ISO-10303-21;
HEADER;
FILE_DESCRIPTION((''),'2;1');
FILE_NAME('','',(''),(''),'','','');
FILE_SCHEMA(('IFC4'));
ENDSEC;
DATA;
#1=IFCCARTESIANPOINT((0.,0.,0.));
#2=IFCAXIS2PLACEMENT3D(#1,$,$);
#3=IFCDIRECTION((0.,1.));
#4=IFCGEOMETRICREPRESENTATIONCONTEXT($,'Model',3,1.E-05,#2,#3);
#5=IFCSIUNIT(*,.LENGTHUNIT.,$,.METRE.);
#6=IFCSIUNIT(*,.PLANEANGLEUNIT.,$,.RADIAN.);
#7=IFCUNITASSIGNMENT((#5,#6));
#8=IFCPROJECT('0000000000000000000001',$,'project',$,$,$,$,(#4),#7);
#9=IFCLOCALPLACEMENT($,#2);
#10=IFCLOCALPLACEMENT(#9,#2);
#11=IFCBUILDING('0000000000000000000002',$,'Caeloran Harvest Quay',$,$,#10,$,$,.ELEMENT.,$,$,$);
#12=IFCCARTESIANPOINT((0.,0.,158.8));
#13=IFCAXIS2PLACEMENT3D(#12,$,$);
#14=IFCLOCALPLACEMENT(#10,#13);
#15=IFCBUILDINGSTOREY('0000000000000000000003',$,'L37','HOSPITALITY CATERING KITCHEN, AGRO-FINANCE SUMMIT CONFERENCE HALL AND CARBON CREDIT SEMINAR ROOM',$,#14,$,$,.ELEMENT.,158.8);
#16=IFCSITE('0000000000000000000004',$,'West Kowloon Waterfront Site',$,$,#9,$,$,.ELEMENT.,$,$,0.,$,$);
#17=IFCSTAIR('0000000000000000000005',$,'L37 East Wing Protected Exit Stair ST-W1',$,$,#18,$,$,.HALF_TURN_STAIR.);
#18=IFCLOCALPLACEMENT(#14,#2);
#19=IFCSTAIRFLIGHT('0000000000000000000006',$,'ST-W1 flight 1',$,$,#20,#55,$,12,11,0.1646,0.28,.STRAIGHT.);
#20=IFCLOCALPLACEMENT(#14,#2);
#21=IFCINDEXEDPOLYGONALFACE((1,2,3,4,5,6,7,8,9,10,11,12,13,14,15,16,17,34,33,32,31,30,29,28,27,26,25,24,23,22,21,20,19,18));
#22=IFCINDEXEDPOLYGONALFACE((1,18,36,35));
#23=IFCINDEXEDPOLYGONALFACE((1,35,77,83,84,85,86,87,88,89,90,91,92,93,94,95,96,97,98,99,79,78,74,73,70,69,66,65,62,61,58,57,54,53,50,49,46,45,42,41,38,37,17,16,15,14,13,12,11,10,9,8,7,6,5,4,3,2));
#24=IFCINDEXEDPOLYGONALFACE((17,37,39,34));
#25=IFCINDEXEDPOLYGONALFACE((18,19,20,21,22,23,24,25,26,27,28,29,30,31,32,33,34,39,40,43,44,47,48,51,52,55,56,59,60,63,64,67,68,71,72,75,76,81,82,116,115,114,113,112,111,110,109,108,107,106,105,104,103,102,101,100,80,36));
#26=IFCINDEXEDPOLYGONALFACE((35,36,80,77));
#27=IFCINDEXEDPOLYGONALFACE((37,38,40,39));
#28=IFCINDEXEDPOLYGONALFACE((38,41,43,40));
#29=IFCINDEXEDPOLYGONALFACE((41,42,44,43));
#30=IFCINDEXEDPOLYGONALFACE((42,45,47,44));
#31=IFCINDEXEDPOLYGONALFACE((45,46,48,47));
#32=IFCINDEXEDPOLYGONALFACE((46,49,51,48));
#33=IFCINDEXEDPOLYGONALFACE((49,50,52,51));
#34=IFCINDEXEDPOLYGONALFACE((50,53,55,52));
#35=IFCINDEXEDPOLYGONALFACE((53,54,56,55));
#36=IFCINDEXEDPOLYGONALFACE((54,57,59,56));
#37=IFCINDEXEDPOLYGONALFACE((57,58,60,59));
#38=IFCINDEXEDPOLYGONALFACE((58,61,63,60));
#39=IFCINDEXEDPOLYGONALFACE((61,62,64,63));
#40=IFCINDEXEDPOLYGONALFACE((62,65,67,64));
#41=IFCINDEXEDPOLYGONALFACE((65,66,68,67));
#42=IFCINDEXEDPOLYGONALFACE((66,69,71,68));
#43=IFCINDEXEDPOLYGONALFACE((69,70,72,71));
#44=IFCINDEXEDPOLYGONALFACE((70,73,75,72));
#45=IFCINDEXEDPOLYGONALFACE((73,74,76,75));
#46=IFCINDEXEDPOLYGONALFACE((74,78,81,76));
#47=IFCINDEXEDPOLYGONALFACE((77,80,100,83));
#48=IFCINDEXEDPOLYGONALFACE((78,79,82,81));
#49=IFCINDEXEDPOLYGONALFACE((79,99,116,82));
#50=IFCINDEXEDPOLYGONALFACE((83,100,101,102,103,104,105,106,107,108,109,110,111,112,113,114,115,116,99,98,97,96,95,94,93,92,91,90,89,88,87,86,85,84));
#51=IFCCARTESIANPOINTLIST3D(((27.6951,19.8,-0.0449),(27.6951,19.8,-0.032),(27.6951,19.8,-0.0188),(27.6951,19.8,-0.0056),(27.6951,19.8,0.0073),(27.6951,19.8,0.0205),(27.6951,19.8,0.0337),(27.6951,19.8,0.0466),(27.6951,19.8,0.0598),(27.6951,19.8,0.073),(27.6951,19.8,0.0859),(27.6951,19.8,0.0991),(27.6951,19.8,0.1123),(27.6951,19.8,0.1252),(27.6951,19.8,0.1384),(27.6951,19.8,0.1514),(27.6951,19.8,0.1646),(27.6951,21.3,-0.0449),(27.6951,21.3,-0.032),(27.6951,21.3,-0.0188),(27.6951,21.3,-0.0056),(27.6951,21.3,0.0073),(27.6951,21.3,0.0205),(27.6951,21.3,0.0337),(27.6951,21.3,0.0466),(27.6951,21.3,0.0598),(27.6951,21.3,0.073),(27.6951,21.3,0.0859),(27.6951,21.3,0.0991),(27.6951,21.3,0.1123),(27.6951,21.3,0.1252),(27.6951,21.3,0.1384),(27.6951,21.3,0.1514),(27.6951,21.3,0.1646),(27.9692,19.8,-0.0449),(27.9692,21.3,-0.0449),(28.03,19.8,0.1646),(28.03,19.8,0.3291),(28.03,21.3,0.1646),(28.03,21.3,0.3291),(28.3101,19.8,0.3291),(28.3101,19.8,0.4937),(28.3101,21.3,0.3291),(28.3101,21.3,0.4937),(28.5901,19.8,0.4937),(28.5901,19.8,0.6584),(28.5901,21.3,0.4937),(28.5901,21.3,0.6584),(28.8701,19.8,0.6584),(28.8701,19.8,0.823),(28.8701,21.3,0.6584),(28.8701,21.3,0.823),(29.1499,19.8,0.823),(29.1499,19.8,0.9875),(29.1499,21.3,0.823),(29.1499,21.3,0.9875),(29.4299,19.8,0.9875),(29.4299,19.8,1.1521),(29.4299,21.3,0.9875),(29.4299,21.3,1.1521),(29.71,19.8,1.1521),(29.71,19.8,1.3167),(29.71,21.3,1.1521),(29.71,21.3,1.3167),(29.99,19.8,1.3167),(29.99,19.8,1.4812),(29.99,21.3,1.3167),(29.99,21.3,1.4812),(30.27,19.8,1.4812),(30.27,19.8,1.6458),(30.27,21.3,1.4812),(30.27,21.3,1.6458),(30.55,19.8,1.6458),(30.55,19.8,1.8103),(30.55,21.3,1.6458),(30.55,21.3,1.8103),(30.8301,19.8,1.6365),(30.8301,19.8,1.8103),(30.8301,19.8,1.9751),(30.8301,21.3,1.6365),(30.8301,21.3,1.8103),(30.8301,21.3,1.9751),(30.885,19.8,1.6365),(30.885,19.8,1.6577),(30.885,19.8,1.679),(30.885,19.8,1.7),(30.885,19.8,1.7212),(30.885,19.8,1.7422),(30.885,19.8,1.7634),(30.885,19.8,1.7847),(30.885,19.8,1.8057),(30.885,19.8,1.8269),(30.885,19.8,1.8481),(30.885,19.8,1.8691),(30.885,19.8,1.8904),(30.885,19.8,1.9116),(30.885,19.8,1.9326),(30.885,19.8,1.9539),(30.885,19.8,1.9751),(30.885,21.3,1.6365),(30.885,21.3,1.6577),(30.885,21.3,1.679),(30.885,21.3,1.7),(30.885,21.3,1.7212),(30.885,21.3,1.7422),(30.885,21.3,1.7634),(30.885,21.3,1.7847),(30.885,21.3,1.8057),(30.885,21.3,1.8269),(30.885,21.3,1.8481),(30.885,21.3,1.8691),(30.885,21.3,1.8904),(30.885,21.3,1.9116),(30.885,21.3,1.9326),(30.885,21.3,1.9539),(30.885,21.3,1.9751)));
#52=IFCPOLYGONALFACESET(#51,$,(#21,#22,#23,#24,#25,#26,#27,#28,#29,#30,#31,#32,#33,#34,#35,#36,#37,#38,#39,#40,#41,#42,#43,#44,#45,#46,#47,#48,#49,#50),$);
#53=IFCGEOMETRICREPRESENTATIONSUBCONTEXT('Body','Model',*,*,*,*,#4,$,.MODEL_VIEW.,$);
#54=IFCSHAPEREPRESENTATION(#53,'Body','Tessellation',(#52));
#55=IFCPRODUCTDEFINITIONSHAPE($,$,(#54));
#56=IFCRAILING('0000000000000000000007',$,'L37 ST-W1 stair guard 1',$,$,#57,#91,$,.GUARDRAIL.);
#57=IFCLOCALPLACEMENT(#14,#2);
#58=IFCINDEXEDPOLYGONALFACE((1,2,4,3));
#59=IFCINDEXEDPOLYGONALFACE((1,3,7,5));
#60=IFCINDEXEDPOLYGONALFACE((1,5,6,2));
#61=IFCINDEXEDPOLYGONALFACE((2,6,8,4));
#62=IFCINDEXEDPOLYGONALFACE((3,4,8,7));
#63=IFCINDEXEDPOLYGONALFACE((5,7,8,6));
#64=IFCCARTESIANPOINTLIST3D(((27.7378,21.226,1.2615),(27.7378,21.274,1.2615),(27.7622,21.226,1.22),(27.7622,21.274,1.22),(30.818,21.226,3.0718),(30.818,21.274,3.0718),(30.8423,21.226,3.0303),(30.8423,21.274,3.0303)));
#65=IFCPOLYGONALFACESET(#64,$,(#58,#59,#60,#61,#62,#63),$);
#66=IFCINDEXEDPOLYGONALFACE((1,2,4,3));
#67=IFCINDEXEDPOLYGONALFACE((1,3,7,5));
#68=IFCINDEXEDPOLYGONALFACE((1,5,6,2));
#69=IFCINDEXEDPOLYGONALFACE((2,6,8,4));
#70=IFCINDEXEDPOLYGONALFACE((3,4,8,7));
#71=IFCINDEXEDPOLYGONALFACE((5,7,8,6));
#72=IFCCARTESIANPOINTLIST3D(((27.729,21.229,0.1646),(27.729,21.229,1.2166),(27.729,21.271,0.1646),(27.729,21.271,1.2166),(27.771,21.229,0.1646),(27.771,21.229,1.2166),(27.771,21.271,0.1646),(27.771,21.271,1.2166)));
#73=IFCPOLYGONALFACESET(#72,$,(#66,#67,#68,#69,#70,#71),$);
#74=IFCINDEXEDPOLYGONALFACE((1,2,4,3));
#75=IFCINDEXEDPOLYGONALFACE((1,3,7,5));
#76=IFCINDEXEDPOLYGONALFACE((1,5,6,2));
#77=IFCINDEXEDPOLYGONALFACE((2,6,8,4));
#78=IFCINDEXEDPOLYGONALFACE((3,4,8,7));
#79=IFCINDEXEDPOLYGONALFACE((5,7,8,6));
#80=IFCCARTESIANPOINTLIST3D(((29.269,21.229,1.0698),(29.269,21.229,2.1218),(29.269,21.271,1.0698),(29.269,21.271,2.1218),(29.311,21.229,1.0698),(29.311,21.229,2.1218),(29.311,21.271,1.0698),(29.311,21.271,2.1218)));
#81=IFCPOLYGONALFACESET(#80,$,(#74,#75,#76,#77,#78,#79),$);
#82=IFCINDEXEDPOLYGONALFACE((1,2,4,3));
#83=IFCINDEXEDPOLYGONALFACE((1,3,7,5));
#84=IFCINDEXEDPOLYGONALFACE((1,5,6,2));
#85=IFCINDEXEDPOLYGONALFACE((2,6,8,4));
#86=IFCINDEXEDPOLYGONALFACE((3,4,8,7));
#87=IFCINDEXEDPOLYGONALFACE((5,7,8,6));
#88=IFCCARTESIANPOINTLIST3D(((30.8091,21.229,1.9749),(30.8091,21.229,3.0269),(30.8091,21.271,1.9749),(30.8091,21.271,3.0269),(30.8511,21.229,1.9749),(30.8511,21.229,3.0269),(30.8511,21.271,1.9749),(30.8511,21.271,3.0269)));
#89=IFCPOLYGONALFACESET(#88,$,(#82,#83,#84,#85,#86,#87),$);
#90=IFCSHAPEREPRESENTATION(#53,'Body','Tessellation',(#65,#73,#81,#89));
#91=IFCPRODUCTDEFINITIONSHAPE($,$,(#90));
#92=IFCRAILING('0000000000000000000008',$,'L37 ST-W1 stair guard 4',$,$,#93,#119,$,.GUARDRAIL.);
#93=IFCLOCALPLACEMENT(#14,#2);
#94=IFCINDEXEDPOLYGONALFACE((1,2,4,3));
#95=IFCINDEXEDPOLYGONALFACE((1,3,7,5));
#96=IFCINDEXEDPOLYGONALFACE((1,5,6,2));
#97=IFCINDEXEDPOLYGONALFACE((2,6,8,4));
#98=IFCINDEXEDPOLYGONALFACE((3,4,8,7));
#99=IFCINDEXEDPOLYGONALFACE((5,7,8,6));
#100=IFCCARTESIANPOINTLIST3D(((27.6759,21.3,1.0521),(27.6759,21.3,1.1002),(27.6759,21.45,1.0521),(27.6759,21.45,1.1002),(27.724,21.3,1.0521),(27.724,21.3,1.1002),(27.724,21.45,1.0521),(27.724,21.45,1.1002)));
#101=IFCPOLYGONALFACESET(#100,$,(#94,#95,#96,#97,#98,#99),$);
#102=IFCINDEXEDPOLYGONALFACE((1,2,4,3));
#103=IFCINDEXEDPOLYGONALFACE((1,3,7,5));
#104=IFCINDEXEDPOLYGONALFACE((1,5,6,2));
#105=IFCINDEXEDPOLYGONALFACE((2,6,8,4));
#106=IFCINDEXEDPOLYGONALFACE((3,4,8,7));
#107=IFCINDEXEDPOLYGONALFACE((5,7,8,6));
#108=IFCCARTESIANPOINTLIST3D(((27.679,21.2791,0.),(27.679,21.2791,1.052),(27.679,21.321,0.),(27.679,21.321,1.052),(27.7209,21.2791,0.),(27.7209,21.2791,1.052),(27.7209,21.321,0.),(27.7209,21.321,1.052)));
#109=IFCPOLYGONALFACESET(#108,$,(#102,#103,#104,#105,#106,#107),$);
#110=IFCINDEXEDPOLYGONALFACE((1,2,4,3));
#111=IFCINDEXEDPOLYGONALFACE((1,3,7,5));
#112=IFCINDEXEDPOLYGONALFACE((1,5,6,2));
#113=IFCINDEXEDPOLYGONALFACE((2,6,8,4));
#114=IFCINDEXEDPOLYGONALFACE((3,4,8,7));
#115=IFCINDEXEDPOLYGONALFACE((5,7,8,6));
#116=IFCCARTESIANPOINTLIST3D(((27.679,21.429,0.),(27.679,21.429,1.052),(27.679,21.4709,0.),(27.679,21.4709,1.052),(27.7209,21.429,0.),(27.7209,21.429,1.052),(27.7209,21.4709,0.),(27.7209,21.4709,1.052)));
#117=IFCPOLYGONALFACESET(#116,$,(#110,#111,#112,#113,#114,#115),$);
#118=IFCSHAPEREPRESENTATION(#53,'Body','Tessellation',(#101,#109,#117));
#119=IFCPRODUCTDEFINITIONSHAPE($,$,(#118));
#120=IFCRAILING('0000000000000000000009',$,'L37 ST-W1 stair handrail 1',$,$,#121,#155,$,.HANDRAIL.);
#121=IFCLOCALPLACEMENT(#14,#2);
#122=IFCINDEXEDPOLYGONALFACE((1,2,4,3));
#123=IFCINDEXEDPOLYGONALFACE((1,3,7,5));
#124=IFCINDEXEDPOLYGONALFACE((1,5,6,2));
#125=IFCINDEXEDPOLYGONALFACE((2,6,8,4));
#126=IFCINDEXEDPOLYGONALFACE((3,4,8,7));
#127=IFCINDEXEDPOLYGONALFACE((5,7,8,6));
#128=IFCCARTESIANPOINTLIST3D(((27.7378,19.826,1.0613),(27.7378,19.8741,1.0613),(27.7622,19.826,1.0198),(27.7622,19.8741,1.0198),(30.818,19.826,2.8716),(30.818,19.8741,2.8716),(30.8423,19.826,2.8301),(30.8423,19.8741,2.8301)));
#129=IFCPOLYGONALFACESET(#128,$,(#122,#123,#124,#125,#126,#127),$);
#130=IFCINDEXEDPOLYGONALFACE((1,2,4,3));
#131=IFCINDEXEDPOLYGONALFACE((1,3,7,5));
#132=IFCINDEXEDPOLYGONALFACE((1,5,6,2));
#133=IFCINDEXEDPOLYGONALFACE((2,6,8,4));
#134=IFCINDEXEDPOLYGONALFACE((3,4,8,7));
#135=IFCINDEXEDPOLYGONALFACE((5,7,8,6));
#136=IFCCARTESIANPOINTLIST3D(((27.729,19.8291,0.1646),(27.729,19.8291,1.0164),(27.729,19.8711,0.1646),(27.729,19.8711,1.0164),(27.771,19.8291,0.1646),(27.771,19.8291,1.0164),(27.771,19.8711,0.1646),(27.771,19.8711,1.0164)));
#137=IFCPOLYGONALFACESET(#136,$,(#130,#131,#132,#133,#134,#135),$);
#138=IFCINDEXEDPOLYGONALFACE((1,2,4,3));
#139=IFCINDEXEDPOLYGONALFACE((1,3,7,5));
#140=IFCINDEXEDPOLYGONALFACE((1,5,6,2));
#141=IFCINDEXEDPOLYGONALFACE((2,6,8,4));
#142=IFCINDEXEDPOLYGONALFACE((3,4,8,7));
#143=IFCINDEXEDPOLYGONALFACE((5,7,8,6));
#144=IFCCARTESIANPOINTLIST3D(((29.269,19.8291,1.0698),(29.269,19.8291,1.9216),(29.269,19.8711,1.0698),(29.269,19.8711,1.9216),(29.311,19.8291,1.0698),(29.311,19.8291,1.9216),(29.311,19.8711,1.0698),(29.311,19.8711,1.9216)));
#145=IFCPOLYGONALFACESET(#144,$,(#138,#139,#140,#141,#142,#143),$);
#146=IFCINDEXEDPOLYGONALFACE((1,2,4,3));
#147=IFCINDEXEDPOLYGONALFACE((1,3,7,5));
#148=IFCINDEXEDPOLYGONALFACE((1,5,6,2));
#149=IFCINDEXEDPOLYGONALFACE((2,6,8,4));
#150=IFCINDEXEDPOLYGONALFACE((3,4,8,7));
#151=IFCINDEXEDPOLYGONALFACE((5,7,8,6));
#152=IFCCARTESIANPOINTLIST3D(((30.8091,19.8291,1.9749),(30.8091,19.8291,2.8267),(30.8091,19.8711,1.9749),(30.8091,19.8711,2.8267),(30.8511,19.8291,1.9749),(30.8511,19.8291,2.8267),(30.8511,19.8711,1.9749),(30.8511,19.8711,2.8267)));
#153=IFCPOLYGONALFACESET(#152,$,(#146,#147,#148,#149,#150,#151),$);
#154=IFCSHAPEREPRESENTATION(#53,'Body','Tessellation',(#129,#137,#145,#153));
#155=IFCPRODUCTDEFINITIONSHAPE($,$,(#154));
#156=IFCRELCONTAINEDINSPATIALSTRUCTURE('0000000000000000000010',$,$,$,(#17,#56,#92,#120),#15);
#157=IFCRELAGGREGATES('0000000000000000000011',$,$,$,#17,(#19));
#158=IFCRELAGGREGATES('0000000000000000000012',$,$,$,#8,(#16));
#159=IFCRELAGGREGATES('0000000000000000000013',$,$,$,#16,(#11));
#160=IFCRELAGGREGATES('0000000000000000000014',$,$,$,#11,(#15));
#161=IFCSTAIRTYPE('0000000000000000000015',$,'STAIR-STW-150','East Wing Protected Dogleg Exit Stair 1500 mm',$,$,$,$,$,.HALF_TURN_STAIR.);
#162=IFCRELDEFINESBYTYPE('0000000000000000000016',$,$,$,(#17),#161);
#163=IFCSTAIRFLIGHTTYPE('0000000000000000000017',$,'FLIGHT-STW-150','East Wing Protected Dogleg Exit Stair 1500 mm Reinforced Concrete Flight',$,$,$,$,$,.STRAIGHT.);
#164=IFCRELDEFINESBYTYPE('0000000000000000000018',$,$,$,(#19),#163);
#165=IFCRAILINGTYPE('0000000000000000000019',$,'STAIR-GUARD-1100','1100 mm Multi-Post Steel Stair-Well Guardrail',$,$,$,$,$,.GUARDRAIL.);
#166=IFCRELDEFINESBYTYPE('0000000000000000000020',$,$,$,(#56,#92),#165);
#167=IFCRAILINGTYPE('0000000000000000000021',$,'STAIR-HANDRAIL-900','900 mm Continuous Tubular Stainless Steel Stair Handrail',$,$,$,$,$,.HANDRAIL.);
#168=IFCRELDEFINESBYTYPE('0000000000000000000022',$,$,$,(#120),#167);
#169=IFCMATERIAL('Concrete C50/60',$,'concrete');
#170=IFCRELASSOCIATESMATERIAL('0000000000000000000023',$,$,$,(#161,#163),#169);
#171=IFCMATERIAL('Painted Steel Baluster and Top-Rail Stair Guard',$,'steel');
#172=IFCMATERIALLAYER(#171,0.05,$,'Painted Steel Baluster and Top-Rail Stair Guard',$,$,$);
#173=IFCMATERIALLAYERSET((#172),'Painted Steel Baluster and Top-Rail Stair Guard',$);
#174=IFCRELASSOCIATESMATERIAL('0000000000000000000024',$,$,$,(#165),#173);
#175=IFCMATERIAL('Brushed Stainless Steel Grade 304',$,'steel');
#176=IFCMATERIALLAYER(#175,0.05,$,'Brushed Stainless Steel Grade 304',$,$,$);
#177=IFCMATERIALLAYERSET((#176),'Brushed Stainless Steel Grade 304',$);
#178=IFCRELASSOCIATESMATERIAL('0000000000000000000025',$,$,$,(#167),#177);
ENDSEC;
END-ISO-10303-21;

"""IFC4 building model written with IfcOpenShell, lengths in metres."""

from ifc_helpers import new_model, si_unit, direction, frame, origin, origin_2d, place, context, subcontext, project, spatial, polyline, rectangle, outline, extrude, material, layer, layer_set, type_object, element, aggregate, save


model = new_model("IFC4")

# Units and contexts
model_context = context("Model", 3, precision=1e-05, world=origin(), true_north=direction((0.0, 1.0)))
body_context = subcontext(model_context, "Body", "Model", "MODEL_VIEW")
ifc_project = project(units=[si_unit("LENGTHUNIT", "METRE"), si_unit("PLANEANGLEUNIT", "RADIAN")], contexts=[model_context])

# Site, building, storey
site_placement = place(None, origin())
site = spatial("IfcSite", under=ifc_project, at=site_placement, Name="West Kowloon Waterfront Site", CompositionType="ELEMENT", RefElevation=0.0)
building_placement = place(site_placement, origin())
building = spatial("IfcBuilding", under=site, at=building_placement, Name="Caeloran Harvest Quay", CompositionType="ELEMENT")
storey_placement = place(building_placement, frame((0.0, 0.0, 158.8)))
storey = spatial("IfcBuildingStorey", under=building, at=storey_placement, Name="L37", Description="HOSPITALITY CATERING KITCHEN, AGRO-FINANCE SUMMIT CONFERENCE HALL AND CARBON CREDIT SEMINAR ROOM", CompositionType="ELEMENT", Elevation=158.8)

# Stair, stair flight
ifc_material_1 = material(Name="Concrete C50/60", Category="concrete")
stair_type = type_object("IfcStairType", Name="STAIR-STW-150", Description="East Wing Protected Dogleg Exit Stair 1500 mm", PredefinedType="HALF_TURN_STAIR", material=ifc_material_1)
stair_placement = place(storey_placement, origin())
stair = element("IfcStair", 1, at=stair_placement, inside=storey, type_object=stair_type, Name="L37 East Wing Protected Exit Stair ST-W1", PredefinedType="HALF_TURN_STAIR")
stair_flight_type = type_object("IfcStairFlightType", Name="FLIGHT-STW-150", Description="East Wing Protected Dogleg Exit Stair 1500 mm Reinforced Concrete Flight", PredefinedType="STRAIGHT", material=ifc_material_1)
stair_flight_placement = place(storey_placement, frame((27.75, 20.55, 0.0), z_axis=(0.0, 0.0, 1.0), x_axis=(1.0, 0.0, 0.0)))
stair_flight = element("IfcStairFlight", 2, at=stair_flight_placement, type_object=stair_flight_type, Name="ST-W1 flight 1", NumberOfRisers=12, NumberOfTreads=11, PredefinedType="STRAIGHT", RiserHeight=0.1646, TreadLength=0.28, context=body_context, shape_type="SweptSolid", body=[
    extrude(outline(polyline([(-0.0549, -0.0449), (-0.0549, -0.032), (-0.0549, -0.0188), (-0.0549, -0.0056), (-0.0549, 0.0073), (-0.0549, 0.0205), (-0.0549, 0.0337), (-0.0549, 0.0466), (-0.0549, 0.0598), (-0.0549, 0.073), (-0.0549, 0.0859), (-0.0549, 0.0991), (-0.0549, 0.1123), (-0.0549, 0.1252), (-0.0549, 0.1384), (-0.0549, 0.1514), (-0.0549, 0.1646), (0.28, 0.1646), (0.28, 0.3291), (0.5601, 0.3291), (0.5601, 0.4937), (0.8401, 0.4937), (0.8401, 0.6584), (1.1201, 0.6584), (1.1201, 0.823), (1.3999, 0.823), (1.3999, 0.9875), (1.6799, 0.9875), (1.6799, 1.1521), (1.96, 1.1521), (1.96, 1.3167), (2.24, 1.3167), (2.24, 1.4812), (2.52, 1.4812), (2.52, 1.6458), (2.8, 1.6458), (2.8, 1.8103), (3.0801, 1.8103), (3.0801, 1.9751), (3.135, 1.9751), (3.135, 1.9539), (3.135, 1.9326), (3.135, 1.9116), (3.135, 1.8904), (3.135, 1.8691), (3.135, 1.8481), (3.135, 1.8269), (3.135, 1.8057), (3.135, 1.7847), (3.135, 1.7634), (3.135, 1.7422), (3.135, 1.7212), (3.135, 1.7), (3.135, 1.679), (3.135, 1.6577), (3.135, 1.6365), (3.0801, 1.6365), (0.2192, -0.0449), (-0.0549, -0.0449)])), frame((0.0, 0.75, 0.0), z_axis=(0.0, -1.0, 0.0), x_axis=(1.0, 0.0, 0.0)), (0.0, 0.0, 1.0), 1.5),
])
aggregate(stair, [stair_flight])

# Railings
ifc_material_2 = material(Name="Painted Steel Baluster and Top-Rail Stair Guard", Category="steel")
ifc_layer_1 = layer(ifc_material_2, 0.05, Name="Painted Steel Baluster and Top-Rail Stair Guard")
ifc_layer_set_1 = layer_set([ifc_layer_1], Name="Painted Steel Baluster and Top-Rail Stair Guard")
railing_type_1 = type_object("IfcRailingType", Name="STAIR-GUARD-1100", Description="1100 mm Multi-Post Steel Stair-Well Guardrail", PredefinedType="GUARDRAIL", material=ifc_layer_set_1)
railing_1_placement = place(storey_placement, frame((27.75, 21.25, 0.1646)))
element("IfcRailing", 3, at=railing_1_placement, inside=storey, type_object=railing_type_1, Name="L37 ST-W1 stair guard 1", PredefinedType="GUARDRAIL", context=body_context, shape_type="SweptSolid", body=[
    extrude(rectangle(XDim=0.0481, YDim=0.0481, at=origin_2d()), frame((0.0, 0.0, 1.0762), z_axis=(0.862119, 0.0, 0.506707), x_axis=(0.0, 1.0, 0.0)), (0.0, 0.0, 1.0), 3.5728),
    extrude(rectangle(XDim=0.042, YDim=0.042, at=origin_2d()), origin(), (0.0, 0.0, 1.0), 1.052),
    extrude(rectangle(XDim=0.042, YDim=0.042, at=origin_2d()), frame((1.54, 0.0, 0.9053)), (0.0, 0.0, 1.0), 1.052),
    extrude(rectangle(XDim=0.042, YDim=0.042, at=origin_2d()), frame((3.0801, 0.0, 1.8103)), (0.0, 0.0, 1.0), 1.052),
])
railing_2_placement = place(storey_placement, frame((27.7, 21.3, 0.0)))
element("IfcRailing", 4, at=railing_2_placement, inside=storey, type_object=railing_type_1, Name="L37 ST-W1 stair guard 4", PredefinedType="GUARDRAIL", context=body_context, shape_type="SweptSolid", body=[
    extrude(rectangle(XDim=0.0481, YDim=0.0481, at=origin_2d()), frame((0.0, 0.0, 1.0762), z_axis=(0.0, 1.0, 0.0), x_axis=(-1.0, 0.0, 0.0)), (0.0, 0.0, 1.0), 0.1499),
    extrude(rectangle(XDim=0.042, YDim=0.042, at=origin_2d()), origin(), (0.0, 0.0, 1.0), 1.052),
    extrude(rectangle(XDim=0.042, YDim=0.042, at=origin_2d()), frame((0.0, 0.1499, 0.0)), (0.0, 0.0, 1.0), 1.052),
])
ifc_material_3 = material(Name="Brushed Stainless Steel Grade 304", Category="steel")
ifc_layer_2 = layer(ifc_material_3, 0.05, Name="Brushed Stainless Steel Grade 304")
ifc_layer_set_2 = layer_set([ifc_layer_2], Name="Brushed Stainless Steel Grade 304")
railing_type_2 = type_object("IfcRailingType", Name="STAIR-HANDRAIL-900", Description="900 mm Continuous Tubular Stainless Steel Stair Handrail", PredefinedType="HANDRAIL", material=ifc_layer_set_2)
railing_3_placement = place(storey_placement, frame((27.75, 19.8501, 0.1646)))
element("IfcRailing", 5, at=railing_3_placement, inside=storey, type_object=railing_type_2, Name="L37 ST-W1 stair handrail 1", PredefinedType="HANDRAIL", context=body_context, shape_type="SweptSolid", body=[
    extrude(rectangle(XDim=0.0481, YDim=0.0481, at=origin_2d()), frame((0.0, 0.0, 0.876), z_axis=(0.862119, 0.0, 0.506707), x_axis=(0.0, 1.0, 0.0)), (0.0, 0.0, 1.0), 3.5728),
    extrude(rectangle(XDim=0.042, YDim=0.042, at=origin_2d()), origin(), (0.0, 0.0, 1.0), 0.8518),
    extrude(rectangle(XDim=0.042, YDim=0.042, at=origin_2d()), frame((1.54, 0.0, 0.9053)), (0.0, 0.0, 1.0), 0.8518),
    extrude(rectangle(XDim=0.042, YDim=0.042, at=origin_2d()), frame((3.0801, 0.0, 1.8103)), (0.0, 0.0, 1.0), 0.8518),
])

save(model, "model.ifc")
